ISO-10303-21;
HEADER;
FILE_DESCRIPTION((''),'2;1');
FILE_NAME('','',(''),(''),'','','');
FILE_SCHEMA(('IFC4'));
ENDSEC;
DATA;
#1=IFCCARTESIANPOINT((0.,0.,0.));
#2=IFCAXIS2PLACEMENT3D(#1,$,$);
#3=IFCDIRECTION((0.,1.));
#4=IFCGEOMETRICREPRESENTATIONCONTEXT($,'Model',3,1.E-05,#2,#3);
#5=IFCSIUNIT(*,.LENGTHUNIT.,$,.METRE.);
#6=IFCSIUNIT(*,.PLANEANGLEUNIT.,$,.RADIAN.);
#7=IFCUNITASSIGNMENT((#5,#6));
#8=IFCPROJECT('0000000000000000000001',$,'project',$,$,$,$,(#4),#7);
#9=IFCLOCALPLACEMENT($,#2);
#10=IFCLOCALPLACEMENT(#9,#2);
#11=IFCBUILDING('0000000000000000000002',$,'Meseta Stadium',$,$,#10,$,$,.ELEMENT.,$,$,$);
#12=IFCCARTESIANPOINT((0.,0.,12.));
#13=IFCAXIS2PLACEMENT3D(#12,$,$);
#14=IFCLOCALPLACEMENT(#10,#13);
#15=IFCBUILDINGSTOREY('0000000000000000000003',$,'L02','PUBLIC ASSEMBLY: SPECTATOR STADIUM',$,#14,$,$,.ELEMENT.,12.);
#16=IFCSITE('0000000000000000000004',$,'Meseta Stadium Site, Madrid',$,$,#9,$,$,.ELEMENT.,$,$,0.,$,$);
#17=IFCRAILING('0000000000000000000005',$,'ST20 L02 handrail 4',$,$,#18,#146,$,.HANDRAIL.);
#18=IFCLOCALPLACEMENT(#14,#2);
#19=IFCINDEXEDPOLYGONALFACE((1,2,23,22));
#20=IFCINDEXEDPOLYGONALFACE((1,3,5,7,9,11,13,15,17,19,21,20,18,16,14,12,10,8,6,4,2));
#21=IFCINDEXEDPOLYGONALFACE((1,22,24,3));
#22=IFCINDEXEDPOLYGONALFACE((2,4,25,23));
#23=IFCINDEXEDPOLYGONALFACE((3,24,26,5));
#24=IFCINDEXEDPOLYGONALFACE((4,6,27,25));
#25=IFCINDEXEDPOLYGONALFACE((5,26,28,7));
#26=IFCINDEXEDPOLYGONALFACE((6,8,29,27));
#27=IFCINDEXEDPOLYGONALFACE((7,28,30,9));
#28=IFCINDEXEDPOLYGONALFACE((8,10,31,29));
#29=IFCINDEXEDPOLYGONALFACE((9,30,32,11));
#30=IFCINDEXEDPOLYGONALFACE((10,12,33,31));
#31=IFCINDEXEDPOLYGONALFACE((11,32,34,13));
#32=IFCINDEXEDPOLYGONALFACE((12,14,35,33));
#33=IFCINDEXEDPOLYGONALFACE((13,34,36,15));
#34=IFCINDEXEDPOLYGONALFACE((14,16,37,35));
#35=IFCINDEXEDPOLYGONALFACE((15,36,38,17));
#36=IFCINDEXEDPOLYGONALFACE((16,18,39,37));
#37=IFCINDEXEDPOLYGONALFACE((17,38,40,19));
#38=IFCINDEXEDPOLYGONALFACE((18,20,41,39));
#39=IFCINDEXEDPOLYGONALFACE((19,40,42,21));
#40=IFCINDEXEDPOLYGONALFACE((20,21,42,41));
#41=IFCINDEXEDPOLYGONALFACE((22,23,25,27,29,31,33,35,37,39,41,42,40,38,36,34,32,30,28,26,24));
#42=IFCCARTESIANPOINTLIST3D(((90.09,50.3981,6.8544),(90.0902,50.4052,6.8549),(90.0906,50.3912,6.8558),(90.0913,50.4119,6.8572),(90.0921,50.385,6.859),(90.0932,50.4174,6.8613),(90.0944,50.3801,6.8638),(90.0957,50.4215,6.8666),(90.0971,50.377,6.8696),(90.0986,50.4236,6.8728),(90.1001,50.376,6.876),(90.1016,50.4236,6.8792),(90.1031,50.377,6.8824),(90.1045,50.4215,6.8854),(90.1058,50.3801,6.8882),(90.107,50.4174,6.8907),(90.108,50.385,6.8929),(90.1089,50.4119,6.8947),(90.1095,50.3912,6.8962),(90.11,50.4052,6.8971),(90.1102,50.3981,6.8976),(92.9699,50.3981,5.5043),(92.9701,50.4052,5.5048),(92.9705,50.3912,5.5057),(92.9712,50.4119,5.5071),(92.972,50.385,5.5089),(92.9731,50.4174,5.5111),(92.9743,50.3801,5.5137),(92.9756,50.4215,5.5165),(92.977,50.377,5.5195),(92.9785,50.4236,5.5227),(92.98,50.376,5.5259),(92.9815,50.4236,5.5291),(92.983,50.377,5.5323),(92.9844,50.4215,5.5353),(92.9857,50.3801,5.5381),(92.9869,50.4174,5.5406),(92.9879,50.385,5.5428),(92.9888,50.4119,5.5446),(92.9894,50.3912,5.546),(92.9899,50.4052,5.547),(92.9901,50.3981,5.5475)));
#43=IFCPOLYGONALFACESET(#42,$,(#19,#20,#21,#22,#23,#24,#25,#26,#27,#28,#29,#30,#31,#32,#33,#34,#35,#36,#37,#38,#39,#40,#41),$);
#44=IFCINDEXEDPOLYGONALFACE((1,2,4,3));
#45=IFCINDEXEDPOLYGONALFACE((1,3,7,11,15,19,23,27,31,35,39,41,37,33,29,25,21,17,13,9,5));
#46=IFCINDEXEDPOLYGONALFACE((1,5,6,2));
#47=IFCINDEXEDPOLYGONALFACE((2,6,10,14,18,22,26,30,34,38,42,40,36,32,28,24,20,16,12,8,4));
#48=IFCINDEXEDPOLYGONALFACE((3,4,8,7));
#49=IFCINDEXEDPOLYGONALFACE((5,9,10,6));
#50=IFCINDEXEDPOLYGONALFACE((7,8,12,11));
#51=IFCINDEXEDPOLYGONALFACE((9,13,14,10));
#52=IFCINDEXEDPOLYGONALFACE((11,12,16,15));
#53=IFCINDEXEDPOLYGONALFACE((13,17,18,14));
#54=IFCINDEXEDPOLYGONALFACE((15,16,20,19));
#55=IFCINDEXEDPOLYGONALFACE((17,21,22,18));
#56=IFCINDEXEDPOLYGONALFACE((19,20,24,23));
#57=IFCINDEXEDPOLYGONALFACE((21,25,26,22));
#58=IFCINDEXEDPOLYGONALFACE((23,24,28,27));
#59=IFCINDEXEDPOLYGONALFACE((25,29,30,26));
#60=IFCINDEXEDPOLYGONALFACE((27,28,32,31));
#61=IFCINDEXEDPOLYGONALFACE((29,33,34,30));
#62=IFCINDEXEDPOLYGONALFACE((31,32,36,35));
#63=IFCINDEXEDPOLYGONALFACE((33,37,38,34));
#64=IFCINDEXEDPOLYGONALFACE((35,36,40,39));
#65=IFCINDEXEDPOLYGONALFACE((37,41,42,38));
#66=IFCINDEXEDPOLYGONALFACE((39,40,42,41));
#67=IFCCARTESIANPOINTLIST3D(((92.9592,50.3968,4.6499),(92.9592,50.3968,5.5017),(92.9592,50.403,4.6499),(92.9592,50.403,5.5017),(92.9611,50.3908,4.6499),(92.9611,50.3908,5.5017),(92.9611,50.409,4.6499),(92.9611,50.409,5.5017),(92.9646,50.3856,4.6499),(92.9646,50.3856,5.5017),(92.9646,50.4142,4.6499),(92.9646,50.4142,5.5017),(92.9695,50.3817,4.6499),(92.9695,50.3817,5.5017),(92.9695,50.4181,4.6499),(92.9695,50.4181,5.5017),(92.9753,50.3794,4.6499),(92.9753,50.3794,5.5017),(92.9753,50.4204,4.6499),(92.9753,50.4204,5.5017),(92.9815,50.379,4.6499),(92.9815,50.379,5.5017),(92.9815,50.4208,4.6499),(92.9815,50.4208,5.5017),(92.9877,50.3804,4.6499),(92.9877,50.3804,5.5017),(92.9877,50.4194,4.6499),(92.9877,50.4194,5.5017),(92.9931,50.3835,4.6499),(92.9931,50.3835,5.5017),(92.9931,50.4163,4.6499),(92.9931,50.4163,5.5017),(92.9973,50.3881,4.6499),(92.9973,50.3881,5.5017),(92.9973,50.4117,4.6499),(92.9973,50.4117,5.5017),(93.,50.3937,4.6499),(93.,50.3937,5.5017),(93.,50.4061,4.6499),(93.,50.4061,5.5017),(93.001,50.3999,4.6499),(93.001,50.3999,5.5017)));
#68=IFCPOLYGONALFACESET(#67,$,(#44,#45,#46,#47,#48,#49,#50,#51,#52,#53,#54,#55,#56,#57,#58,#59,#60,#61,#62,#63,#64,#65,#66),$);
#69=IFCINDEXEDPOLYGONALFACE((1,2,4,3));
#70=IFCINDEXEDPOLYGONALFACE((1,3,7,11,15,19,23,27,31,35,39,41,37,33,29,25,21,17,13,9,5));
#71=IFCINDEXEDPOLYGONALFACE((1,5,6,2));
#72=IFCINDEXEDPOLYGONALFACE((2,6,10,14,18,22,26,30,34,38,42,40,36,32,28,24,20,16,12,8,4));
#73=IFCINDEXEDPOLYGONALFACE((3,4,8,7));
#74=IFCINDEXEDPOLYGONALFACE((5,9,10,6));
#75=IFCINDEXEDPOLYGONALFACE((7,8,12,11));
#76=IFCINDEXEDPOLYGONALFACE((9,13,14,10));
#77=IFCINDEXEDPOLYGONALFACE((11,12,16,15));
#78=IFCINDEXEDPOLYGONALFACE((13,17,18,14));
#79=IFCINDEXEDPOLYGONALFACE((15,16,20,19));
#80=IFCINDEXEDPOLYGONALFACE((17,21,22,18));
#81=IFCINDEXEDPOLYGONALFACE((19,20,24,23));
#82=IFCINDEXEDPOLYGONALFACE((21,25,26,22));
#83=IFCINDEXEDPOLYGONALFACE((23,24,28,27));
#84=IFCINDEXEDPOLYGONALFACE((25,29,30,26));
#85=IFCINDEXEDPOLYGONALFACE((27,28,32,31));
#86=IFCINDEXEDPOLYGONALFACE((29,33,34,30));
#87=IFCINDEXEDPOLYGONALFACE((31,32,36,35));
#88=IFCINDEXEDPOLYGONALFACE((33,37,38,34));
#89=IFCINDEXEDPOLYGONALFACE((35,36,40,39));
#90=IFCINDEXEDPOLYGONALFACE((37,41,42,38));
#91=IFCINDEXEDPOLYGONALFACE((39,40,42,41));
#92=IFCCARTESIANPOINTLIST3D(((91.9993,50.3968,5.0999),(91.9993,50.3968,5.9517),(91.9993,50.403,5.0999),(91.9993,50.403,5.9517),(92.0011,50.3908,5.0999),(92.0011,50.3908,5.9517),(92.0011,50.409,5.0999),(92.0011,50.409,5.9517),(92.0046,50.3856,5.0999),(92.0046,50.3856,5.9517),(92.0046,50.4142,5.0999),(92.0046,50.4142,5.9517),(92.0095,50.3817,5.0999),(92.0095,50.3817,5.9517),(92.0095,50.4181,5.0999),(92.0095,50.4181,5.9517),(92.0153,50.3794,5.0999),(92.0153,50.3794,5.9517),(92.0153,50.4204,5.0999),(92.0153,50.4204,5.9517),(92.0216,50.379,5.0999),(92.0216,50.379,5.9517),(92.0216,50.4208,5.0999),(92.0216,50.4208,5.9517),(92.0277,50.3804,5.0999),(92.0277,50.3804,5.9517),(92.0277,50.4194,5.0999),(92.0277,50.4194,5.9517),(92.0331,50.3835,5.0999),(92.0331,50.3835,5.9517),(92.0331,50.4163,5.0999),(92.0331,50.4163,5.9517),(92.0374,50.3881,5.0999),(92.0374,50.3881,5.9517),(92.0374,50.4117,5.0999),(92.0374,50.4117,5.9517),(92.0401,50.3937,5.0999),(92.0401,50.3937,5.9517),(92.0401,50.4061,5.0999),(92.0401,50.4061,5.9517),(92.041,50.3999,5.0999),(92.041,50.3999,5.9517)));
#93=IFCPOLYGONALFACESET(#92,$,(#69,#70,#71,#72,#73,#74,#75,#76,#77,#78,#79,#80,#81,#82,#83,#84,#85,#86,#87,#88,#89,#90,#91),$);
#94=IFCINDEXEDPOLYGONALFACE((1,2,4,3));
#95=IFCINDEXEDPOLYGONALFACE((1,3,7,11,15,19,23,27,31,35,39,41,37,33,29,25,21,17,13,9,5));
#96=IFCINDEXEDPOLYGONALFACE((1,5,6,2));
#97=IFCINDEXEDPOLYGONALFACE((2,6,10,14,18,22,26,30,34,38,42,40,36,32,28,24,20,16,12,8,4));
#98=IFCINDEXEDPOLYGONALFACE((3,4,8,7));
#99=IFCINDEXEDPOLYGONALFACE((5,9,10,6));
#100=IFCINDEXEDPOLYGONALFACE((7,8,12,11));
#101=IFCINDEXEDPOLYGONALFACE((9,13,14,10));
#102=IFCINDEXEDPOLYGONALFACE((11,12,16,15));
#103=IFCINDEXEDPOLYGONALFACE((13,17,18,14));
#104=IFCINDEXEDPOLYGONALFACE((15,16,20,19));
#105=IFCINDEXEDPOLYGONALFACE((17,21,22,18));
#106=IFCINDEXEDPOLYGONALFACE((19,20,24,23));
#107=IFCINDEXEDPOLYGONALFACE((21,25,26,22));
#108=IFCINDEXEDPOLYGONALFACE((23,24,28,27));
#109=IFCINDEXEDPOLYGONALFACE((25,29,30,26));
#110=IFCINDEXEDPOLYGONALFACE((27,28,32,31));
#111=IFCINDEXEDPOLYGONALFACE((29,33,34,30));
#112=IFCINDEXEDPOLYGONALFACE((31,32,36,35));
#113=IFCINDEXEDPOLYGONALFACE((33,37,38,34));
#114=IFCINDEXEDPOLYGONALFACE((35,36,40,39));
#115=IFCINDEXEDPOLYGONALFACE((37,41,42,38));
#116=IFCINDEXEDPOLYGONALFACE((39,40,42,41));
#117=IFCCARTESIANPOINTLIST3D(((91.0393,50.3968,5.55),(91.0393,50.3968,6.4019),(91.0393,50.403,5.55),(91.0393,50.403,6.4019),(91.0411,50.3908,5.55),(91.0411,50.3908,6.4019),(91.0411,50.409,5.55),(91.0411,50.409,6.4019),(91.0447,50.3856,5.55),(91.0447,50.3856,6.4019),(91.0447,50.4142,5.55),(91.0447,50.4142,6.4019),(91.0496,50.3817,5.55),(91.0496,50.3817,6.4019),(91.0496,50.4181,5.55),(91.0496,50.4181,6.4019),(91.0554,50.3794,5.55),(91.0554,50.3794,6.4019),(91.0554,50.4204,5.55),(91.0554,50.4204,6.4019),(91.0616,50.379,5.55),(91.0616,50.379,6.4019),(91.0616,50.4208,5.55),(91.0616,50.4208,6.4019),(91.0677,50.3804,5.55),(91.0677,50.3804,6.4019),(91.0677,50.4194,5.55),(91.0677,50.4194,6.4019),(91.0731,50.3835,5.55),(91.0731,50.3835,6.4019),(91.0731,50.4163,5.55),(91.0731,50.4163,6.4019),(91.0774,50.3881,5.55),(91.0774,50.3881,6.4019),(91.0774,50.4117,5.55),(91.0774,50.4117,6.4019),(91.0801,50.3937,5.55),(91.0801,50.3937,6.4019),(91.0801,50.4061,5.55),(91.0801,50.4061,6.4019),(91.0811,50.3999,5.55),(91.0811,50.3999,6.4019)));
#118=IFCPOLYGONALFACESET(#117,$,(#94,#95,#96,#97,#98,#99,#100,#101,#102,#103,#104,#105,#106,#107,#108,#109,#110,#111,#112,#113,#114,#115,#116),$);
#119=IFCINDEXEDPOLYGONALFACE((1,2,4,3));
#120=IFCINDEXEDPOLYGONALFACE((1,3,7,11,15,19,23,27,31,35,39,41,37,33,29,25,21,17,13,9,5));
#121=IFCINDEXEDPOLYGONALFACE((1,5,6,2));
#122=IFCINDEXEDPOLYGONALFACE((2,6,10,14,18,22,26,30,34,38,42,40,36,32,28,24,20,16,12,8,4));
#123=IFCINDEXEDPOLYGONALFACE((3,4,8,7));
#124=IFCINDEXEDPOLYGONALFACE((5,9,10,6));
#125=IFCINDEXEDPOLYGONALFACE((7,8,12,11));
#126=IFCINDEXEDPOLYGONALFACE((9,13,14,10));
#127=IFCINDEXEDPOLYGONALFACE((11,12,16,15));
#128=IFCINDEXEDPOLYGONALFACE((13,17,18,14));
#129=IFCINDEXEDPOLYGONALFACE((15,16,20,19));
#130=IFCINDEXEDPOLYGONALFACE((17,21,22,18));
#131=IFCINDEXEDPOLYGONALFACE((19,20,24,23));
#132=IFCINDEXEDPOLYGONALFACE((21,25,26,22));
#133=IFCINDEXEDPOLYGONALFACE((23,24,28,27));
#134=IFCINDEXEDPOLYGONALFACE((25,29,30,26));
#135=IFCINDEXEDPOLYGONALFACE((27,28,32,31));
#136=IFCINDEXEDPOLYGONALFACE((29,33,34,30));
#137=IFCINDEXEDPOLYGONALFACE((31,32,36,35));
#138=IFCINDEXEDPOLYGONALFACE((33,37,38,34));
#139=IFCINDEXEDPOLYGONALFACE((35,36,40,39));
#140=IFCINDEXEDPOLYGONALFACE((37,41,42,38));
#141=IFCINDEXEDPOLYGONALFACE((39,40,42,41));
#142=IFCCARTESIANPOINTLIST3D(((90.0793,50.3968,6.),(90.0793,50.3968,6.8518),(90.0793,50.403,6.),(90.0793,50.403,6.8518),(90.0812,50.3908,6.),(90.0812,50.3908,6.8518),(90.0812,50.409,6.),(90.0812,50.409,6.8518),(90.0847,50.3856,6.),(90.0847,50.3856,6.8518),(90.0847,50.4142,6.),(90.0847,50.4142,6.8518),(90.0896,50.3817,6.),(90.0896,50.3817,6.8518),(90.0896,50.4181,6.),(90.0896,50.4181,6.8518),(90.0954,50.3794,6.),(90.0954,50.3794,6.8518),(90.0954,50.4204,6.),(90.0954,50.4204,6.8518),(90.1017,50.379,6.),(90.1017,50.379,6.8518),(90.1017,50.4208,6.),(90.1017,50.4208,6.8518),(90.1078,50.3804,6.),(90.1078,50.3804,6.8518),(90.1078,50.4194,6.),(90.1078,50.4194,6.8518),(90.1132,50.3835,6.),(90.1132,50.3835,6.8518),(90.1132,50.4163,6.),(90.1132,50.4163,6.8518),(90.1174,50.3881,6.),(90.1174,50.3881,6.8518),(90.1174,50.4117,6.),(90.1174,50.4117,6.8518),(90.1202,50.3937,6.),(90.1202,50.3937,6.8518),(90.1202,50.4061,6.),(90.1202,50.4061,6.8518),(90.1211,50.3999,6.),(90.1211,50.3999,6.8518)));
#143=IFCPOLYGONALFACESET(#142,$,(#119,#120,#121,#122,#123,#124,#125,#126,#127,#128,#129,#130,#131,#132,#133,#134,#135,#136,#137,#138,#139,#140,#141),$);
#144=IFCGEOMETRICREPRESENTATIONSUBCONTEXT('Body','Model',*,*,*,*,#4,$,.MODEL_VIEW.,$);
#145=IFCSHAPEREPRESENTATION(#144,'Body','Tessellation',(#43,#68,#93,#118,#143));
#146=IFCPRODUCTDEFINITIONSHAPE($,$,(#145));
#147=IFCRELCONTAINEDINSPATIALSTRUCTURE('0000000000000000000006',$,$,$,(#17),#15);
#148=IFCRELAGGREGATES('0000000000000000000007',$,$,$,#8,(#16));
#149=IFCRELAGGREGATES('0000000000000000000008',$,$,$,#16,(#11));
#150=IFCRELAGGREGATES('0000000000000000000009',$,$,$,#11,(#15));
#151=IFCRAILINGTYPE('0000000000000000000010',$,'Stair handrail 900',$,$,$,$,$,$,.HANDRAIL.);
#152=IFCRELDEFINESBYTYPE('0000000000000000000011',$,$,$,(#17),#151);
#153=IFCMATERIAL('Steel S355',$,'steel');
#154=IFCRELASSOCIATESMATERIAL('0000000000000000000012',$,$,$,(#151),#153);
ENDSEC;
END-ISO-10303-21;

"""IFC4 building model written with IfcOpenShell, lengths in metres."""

from ifc_helpers import new_model, si_unit, direction, frame, origin, origin_2d, place, context, subcontext, project, spatial, circle, extrude, material, type_object, element, save


model = new_model("IFC4")

# Units and contexts
model_context = context("Model", 3, precision=1e-05, world=origin(), true_north=direction((0.0, 1.0)))
body_context = subcontext(model_context, "Body", "Model", "MODEL_VIEW")
ifc_project = project(units=[si_unit("LENGTHUNIT", "METRE"), si_unit("PLANEANGLEUNIT", "RADIAN")], contexts=[model_context])

# Site, building, storey
site_placement = place(None, origin())
site = spatial("IfcSite", under=ifc_project, at=site_placement, Name="Meseta Stadium Site, Madrid", CompositionType="ELEMENT", RefElevation=0.0)
building_placement = place(site_placement, origin())
building = spatial("IfcBuilding", under=site, at=building_placement, Name="Meseta Stadium", CompositionType="ELEMENT")
storey_placement = place(building_placement, frame((0.0, 0.0, 12.0)))
storey = spatial("IfcBuildingStorey", under=building, at=storey_placement, Name="L02", Description="PUBLIC ASSEMBLY: SPECTATOR STADIUM", CompositionType="ELEMENT", Elevation=12.0)

# Railing
ifc_material_1 = material(Name="Steel S355", Category="steel")
railing_type_1 = type_object("IfcRailingType", Name="Stair handrail 900", PredefinedType="HANDRAIL", material=ifc_material_1)
railing_1_placement = place(storey_placement, frame((92.98, 50.3999, 4.6499)))
element("IfcRailing", 1, at=railing_1_placement, inside=storey, type_object=railing_type_1, Name="ST20 L02 handrail 4", PredefinedType="HANDRAIL", context=body_context, shape_type="SweptSolid", body=[
    extrude(circle(Radius=0.0239, at=origin_2d()), frame((0.0, 0.0, 0.876), z_axis=(-0.90544, 0.0, 0.424473), x_axis=(0.0, -1.0, 0.0)), (0.0, 0.0, 1.0), 3.1807),
    extrude(circle(Radius=0.021, at=origin_2d()), origin(), (0.0, 0.0, 1.0), 0.8518),
    extrude(circle(Radius=0.021, at=origin_2d()), frame((-0.96, 0.0, 0.45)), (0.0, 0.0, 1.0), 0.8518),
    extrude(circle(Radius=0.021, at=origin_2d()), frame((-1.9199, 0.0, 0.9001)), (0.0, 0.0, 1.0), 0.8518),
    extrude(circle(Radius=0.021, at=origin_2d()), frame((-2.8799, 0.0, 1.3501)), (0.0, 0.0, 1.0), 0.8518),
])

save(model, "model.ifc")
